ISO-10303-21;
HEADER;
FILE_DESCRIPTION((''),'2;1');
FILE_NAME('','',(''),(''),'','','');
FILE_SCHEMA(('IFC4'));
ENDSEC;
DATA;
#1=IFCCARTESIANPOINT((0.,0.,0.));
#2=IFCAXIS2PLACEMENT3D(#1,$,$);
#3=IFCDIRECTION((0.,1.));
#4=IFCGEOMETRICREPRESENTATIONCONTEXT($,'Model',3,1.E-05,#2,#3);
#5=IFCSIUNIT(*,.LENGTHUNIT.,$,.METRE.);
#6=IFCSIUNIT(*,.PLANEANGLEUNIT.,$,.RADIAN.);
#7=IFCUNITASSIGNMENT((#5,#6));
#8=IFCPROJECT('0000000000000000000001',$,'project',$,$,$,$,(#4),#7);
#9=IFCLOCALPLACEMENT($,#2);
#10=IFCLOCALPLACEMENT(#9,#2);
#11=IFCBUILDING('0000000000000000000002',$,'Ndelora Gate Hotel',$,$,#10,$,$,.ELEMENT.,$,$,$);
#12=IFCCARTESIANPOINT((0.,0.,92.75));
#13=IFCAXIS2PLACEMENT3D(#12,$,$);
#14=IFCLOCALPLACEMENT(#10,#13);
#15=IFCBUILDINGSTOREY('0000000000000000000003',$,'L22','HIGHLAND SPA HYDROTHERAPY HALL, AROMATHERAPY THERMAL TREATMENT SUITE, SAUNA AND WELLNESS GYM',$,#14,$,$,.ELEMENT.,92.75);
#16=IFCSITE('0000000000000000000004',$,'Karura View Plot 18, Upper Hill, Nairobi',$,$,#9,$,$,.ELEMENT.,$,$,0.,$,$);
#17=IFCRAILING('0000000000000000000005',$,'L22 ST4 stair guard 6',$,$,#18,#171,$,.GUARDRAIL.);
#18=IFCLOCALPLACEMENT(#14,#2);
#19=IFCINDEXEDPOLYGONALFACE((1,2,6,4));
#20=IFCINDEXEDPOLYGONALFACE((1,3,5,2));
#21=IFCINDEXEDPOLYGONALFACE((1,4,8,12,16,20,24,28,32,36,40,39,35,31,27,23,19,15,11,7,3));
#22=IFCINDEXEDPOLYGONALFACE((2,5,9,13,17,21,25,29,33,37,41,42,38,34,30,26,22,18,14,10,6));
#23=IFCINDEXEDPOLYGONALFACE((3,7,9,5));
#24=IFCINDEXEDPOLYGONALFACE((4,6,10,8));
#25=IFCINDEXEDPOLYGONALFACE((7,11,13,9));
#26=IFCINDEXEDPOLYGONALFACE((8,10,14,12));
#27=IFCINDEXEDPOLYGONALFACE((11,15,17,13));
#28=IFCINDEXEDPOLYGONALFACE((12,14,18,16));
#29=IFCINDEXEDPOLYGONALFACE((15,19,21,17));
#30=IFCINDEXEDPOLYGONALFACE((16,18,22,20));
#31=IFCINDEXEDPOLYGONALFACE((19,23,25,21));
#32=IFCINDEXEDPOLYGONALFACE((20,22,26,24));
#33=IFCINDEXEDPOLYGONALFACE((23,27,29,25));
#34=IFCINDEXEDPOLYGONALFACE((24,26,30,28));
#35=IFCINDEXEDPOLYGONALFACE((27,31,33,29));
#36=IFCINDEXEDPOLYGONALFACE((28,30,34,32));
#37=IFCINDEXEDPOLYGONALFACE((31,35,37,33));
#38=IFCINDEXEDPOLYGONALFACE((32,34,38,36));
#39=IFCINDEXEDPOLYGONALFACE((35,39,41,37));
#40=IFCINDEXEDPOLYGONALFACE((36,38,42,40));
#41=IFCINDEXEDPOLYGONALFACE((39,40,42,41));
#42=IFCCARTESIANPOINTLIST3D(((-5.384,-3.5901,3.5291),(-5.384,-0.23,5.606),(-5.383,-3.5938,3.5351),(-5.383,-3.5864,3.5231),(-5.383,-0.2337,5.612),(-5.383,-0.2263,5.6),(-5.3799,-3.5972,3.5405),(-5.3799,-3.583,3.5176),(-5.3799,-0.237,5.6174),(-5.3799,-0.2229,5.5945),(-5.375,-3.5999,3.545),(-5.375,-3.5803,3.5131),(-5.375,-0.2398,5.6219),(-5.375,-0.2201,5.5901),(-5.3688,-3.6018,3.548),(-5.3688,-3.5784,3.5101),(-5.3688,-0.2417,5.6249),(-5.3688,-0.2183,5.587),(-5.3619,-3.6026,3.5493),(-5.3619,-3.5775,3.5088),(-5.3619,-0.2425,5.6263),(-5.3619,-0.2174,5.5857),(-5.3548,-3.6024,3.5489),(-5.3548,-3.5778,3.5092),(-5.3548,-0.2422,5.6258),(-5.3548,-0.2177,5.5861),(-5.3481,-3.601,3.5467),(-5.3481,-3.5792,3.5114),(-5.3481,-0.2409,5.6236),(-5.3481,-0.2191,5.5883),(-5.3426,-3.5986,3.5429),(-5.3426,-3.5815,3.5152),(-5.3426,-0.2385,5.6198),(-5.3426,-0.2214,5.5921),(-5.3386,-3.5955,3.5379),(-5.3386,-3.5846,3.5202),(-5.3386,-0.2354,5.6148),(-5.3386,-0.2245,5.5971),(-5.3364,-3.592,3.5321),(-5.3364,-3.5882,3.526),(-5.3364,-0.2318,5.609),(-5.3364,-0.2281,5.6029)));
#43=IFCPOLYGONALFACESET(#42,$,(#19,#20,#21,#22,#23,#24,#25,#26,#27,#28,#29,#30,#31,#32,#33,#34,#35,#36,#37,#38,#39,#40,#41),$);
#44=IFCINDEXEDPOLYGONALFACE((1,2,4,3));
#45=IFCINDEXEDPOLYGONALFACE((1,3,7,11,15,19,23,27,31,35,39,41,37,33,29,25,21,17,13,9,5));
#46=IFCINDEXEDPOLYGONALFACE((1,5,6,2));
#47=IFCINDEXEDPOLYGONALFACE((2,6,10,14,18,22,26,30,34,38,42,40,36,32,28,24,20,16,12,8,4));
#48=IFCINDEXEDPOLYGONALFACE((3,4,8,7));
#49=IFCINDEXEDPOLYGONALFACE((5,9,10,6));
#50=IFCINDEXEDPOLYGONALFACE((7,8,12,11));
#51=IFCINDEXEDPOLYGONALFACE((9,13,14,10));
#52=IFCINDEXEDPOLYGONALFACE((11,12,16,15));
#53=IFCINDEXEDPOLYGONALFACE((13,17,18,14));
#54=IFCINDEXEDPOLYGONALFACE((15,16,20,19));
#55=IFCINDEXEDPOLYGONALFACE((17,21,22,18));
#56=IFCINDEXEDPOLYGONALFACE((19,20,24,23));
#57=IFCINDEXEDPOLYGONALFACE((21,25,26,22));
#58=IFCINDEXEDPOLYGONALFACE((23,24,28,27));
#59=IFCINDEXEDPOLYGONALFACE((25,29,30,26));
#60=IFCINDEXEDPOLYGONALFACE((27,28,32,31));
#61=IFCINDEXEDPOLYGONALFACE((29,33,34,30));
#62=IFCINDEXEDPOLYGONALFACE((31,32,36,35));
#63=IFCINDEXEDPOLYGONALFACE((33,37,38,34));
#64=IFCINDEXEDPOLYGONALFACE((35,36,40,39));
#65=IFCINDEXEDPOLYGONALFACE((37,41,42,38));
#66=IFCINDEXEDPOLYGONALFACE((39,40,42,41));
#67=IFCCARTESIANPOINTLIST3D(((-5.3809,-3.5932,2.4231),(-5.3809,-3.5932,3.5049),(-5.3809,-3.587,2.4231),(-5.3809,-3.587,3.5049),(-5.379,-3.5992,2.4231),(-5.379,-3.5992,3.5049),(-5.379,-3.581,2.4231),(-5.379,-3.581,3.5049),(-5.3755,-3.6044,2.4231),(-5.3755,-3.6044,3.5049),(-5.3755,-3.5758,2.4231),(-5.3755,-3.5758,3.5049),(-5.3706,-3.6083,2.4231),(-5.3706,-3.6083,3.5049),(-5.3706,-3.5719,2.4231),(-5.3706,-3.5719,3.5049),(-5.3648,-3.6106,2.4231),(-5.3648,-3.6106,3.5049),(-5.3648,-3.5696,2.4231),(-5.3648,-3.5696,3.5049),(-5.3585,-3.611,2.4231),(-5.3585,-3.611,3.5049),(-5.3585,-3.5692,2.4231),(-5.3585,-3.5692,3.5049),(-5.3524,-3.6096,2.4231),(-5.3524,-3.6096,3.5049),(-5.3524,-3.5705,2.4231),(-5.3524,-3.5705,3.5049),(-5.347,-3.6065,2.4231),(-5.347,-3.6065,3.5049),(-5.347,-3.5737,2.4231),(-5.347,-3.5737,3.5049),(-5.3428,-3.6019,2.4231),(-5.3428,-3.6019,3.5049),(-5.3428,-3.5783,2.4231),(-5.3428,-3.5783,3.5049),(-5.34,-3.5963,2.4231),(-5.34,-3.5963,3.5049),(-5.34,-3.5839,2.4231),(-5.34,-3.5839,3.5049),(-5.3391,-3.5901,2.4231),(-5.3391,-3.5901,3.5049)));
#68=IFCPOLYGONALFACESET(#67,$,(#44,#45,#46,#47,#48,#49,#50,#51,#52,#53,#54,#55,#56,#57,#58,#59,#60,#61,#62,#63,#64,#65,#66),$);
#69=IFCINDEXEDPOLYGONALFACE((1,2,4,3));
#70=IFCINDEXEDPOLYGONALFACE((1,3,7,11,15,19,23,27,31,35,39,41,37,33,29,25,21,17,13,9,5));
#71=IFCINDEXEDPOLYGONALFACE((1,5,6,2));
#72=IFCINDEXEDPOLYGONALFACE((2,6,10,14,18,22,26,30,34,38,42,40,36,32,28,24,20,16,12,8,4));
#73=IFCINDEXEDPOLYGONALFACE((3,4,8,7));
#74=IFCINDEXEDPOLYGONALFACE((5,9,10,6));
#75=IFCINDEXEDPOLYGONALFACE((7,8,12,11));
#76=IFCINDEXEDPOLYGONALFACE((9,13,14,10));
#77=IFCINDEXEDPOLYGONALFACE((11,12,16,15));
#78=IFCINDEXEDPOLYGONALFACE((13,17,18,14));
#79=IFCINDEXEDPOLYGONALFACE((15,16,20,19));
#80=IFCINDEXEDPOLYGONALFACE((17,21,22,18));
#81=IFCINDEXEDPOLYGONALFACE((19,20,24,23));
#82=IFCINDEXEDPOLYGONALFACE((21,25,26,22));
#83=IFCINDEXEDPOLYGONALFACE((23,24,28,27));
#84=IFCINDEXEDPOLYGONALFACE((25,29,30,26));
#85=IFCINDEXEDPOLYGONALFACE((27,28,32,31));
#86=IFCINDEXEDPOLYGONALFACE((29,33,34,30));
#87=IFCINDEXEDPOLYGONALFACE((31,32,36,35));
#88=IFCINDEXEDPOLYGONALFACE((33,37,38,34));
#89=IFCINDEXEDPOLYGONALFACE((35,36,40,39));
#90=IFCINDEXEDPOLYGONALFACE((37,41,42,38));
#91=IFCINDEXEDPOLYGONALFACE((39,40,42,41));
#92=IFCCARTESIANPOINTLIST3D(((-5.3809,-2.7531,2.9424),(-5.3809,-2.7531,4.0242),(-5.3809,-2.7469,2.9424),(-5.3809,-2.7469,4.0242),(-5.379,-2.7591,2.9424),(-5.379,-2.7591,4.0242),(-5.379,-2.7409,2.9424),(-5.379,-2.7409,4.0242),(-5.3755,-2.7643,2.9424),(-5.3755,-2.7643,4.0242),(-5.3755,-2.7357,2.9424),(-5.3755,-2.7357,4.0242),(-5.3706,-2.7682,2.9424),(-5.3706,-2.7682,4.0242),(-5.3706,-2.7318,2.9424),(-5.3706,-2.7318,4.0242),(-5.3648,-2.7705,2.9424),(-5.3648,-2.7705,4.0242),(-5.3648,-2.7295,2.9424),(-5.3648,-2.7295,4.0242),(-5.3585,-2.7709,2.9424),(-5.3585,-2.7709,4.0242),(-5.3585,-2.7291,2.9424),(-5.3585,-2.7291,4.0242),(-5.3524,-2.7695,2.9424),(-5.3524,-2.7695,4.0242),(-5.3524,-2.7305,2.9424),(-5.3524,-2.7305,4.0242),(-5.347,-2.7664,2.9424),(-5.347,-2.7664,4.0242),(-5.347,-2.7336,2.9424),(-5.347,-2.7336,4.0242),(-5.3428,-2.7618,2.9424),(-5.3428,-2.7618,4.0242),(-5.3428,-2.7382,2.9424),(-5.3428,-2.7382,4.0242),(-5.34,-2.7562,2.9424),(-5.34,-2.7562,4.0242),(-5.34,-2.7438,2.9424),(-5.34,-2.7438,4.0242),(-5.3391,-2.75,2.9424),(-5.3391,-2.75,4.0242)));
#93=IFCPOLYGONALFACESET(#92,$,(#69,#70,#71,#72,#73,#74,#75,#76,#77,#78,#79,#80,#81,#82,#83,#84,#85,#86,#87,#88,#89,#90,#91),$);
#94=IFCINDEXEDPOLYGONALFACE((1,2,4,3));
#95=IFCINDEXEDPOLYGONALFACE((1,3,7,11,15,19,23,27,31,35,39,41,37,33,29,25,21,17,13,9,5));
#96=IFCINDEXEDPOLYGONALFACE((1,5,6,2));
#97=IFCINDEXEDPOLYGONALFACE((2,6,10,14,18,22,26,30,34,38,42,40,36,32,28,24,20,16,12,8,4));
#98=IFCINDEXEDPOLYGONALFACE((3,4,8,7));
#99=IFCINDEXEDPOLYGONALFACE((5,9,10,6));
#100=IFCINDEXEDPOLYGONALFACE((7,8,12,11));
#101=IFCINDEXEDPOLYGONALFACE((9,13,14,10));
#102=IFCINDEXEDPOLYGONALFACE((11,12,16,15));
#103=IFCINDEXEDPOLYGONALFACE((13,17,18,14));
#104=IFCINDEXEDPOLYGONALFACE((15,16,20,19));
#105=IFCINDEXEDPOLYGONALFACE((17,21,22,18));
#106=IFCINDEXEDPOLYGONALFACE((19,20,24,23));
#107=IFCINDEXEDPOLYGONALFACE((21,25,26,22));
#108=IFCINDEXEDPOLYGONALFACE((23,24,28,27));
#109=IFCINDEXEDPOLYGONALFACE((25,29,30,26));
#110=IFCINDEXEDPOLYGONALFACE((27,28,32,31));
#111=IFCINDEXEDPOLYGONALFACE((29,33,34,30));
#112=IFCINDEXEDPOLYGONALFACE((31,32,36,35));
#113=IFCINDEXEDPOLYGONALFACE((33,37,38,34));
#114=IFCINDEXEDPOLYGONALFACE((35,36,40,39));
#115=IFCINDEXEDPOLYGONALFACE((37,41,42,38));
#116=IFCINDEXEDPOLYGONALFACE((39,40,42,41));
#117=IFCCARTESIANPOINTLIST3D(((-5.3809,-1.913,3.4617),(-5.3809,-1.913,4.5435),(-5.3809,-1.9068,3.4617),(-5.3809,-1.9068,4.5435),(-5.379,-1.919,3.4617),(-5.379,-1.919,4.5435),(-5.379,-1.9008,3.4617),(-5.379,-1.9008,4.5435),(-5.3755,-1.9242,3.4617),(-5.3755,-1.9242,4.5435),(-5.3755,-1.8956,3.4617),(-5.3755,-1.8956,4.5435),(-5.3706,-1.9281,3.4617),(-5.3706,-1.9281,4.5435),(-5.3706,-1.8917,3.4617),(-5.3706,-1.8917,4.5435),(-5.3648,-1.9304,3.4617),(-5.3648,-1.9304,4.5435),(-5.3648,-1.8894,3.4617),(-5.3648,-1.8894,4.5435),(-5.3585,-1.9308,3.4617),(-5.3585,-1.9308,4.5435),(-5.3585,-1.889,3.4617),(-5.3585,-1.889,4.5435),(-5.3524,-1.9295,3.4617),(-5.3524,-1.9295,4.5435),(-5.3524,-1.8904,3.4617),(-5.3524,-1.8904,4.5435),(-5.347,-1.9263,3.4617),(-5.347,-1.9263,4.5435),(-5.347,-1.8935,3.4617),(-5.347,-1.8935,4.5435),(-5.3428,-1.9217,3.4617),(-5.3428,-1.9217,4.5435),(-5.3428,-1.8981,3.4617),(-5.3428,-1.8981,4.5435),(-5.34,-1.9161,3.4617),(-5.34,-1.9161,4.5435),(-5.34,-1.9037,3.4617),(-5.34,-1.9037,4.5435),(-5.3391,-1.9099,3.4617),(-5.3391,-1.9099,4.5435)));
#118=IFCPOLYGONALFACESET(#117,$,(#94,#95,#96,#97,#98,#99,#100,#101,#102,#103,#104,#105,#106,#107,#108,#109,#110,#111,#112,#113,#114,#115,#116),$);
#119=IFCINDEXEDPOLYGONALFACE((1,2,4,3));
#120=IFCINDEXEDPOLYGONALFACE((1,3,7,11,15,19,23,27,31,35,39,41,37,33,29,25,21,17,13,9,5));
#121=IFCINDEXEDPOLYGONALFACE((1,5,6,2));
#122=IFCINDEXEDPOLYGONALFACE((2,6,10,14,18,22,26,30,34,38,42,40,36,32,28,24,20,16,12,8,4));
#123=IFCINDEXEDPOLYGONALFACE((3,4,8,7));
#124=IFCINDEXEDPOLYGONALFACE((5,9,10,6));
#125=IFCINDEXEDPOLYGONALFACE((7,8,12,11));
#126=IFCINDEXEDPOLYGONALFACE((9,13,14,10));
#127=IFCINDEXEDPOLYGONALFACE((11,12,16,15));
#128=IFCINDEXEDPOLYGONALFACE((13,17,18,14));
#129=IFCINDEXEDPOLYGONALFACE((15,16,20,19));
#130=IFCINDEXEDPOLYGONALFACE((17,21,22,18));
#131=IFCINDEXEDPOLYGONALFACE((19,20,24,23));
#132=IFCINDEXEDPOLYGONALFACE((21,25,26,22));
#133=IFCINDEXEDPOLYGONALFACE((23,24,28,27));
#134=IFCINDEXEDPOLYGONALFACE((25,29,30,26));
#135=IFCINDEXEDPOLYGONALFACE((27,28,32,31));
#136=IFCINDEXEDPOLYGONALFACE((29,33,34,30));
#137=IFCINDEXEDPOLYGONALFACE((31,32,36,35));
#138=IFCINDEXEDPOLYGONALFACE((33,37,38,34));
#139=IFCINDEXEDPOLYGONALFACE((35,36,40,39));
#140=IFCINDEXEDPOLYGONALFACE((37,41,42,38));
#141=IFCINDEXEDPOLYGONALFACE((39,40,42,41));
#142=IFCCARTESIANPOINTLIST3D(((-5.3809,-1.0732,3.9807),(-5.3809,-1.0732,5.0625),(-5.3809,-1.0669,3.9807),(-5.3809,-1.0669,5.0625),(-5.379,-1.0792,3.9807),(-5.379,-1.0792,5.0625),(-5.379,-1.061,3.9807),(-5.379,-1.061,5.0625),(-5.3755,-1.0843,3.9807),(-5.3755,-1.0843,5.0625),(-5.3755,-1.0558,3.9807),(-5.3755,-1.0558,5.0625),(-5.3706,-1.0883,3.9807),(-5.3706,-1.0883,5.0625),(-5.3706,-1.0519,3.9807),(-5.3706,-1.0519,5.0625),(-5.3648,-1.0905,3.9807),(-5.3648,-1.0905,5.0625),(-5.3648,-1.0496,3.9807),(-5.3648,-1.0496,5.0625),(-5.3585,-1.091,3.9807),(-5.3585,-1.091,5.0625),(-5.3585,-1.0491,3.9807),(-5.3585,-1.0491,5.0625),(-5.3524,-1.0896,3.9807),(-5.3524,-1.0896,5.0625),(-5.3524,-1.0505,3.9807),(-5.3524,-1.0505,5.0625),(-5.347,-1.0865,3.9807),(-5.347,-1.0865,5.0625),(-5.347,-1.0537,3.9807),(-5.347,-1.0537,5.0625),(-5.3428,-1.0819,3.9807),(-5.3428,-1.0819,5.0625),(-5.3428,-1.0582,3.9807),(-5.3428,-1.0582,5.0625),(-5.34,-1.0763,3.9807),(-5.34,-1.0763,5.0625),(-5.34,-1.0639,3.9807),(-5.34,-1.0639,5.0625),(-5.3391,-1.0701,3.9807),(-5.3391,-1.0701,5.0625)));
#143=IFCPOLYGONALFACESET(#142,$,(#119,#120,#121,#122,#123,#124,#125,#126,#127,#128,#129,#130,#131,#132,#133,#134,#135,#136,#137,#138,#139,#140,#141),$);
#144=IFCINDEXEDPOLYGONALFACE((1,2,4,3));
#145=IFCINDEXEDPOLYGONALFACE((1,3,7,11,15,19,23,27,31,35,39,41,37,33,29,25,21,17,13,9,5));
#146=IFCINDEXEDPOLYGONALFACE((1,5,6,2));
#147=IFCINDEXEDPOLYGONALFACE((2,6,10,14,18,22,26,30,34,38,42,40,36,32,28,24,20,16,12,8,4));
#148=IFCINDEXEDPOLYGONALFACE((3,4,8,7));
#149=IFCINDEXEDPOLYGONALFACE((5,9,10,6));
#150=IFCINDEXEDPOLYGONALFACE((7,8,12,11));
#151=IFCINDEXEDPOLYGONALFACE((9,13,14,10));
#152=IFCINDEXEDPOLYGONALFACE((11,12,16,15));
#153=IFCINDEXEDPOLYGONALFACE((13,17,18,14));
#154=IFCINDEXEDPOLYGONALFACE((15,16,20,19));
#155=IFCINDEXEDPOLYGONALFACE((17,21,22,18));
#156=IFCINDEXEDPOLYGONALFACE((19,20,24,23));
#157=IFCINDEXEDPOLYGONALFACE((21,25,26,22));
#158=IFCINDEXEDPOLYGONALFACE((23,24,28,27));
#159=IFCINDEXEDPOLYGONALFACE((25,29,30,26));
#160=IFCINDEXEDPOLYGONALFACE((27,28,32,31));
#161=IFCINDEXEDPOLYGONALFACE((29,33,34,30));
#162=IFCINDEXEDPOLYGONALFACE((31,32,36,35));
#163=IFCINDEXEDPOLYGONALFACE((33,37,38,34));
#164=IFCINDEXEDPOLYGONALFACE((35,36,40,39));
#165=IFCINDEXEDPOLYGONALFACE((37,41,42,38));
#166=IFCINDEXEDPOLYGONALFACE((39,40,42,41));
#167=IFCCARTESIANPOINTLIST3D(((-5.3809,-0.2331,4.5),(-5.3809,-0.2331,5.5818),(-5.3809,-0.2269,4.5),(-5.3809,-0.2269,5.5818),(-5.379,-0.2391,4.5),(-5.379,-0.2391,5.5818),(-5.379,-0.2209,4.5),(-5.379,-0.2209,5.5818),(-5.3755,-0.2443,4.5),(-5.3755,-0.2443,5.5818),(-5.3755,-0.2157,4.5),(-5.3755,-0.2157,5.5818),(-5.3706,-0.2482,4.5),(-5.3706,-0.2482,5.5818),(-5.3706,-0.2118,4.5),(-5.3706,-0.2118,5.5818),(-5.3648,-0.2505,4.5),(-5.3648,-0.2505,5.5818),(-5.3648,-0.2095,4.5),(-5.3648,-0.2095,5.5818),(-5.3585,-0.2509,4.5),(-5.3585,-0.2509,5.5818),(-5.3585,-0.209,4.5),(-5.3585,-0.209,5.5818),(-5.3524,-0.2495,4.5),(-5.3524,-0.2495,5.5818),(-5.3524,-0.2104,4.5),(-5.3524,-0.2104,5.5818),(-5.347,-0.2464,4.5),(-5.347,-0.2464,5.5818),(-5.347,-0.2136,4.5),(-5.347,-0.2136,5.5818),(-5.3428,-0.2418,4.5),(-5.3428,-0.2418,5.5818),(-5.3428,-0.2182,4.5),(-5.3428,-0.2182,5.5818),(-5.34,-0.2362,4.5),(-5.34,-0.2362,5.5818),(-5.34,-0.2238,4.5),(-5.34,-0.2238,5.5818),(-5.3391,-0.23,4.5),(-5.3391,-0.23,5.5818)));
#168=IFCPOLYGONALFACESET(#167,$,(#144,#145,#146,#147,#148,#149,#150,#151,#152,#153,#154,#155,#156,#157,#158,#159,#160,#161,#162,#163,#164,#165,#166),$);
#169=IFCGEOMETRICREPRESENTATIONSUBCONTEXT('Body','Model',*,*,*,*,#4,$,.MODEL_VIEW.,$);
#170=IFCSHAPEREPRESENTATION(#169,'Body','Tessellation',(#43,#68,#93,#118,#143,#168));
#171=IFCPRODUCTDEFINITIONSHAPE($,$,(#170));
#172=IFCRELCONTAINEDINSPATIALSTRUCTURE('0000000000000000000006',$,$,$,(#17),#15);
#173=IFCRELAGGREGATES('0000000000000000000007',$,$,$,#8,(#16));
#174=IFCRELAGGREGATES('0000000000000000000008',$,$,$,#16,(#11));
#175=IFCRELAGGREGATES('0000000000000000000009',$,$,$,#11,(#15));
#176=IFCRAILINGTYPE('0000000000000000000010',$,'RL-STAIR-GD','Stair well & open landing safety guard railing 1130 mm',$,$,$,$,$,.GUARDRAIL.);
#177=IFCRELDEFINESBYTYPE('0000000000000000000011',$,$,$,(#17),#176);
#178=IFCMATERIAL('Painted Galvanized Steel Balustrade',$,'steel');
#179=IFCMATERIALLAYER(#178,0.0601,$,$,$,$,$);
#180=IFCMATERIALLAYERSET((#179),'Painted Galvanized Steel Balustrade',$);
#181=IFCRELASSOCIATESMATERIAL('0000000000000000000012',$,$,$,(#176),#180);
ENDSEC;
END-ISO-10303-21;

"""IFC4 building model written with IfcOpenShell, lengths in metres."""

from ifc_helpers import new_model, si_unit, direction, frame, origin, origin_2d, place, context, subcontext, project, spatial, circle, extrude, material, layer, layer_set, type_object, element, save


model = new_model("IFC4")

# Units and contexts
model_context = context("Model", 3, precision=1e-05, world=origin(), true_north=direction((0.0, 1.0)))
body_context = subcontext(model_context, "Body", "Model", "MODEL_VIEW")
ifc_project = project(units=[si_unit("LENGTHUNIT", "METRE"), si_unit("PLANEANGLEUNIT", "RADIAN")], contexts=[model_context])

# Site, building, storey
site_placement = place(None, origin())
site = spatial("IfcSite", under=ifc_project, at=site_placement, Name="Karura View Plot 18, Upper Hill, Nairobi", CompositionType="ELEMENT", RefElevation=0.0)
building_placement = place(site_placement, origin())
building = spatial("IfcBuilding", under=site, at=building_placement, Name="Ndelora Gate Hotel", CompositionType="ELEMENT")
storey_placement = place(building_placement, frame((0.0, 0.0, 92.75)))
storey = spatial("IfcBuildingStorey", under=building, at=storey_placement, Name="L22", Description="HIGHLAND SPA HYDROTHERAPY HALL, AROMATHERAPY THERMAL TREATMENT SUITE, SAUNA AND WELLNESS GYM", CompositionType="ELEMENT", Elevation=92.75)

# Railing
ifc_material_1 = material(Name="Painted Galvanized Steel Balustrade", Category="steel")
ifc_layer_1 = layer(ifc_material_1, 0.0601)
ifc_layer_set_1 = layer_set([ifc_layer_1], Name="Painted Galvanized Steel Balustrade")
railing_type_1 = type_object("IfcRailingType", Name="RL-STAIR-GD", Description="Stair well & open landing safety guard railing 1130 mm", PredefinedType="GUARDRAIL", material=ifc_layer_set_1)
railing_1_placement = place(storey_placement, frame((-5.3601, -3.5901, 2.4231)))
element("IfcRailing", 1, at=railing_1_placement, inside=storey, type_object=railing_type_1, Name="L22 ST4 stair guard 6", PredefinedType="GUARDRAIL", context=body_context, shape_type="SweptSolid", body=[
    extrude(circle(Radius=0.0239, at=origin_2d()), frame((0.0, 0.0, 1.106), z_axis=(0.0, 0.850623, 0.525776), x_axis=(-1.0, 0.0, 0.0)), (0.0, 0.0, 1.0), 3.9502),
    extrude(circle(Radius=0.021, at=origin_2d()), origin(), (0.0, 0.0, 1.0), 1.0818),
    extrude(circle(Radius=0.021, at=origin_2d()), frame((0.0, 0.8401, 0.5193)), (0.0, 0.0, 1.0), 1.0818),
    extrude(circle(Radius=0.021, at=origin_2d()), frame((0.0, 1.6802, 1.0386)), (0.0, 0.0, 1.0), 1.0818),
    extrude(circle(Radius=0.021, at=origin_2d()), frame((0.0, 2.52, 1.5576)), (0.0, 0.0, 1.0), 1.0818),
    extrude(circle(Radius=0.021, at=origin_2d()), frame((0.0, 3.3601, 2.0769)), (0.0, 0.0, 1.0), 1.0818),
])

save(model, "model.ifc")
